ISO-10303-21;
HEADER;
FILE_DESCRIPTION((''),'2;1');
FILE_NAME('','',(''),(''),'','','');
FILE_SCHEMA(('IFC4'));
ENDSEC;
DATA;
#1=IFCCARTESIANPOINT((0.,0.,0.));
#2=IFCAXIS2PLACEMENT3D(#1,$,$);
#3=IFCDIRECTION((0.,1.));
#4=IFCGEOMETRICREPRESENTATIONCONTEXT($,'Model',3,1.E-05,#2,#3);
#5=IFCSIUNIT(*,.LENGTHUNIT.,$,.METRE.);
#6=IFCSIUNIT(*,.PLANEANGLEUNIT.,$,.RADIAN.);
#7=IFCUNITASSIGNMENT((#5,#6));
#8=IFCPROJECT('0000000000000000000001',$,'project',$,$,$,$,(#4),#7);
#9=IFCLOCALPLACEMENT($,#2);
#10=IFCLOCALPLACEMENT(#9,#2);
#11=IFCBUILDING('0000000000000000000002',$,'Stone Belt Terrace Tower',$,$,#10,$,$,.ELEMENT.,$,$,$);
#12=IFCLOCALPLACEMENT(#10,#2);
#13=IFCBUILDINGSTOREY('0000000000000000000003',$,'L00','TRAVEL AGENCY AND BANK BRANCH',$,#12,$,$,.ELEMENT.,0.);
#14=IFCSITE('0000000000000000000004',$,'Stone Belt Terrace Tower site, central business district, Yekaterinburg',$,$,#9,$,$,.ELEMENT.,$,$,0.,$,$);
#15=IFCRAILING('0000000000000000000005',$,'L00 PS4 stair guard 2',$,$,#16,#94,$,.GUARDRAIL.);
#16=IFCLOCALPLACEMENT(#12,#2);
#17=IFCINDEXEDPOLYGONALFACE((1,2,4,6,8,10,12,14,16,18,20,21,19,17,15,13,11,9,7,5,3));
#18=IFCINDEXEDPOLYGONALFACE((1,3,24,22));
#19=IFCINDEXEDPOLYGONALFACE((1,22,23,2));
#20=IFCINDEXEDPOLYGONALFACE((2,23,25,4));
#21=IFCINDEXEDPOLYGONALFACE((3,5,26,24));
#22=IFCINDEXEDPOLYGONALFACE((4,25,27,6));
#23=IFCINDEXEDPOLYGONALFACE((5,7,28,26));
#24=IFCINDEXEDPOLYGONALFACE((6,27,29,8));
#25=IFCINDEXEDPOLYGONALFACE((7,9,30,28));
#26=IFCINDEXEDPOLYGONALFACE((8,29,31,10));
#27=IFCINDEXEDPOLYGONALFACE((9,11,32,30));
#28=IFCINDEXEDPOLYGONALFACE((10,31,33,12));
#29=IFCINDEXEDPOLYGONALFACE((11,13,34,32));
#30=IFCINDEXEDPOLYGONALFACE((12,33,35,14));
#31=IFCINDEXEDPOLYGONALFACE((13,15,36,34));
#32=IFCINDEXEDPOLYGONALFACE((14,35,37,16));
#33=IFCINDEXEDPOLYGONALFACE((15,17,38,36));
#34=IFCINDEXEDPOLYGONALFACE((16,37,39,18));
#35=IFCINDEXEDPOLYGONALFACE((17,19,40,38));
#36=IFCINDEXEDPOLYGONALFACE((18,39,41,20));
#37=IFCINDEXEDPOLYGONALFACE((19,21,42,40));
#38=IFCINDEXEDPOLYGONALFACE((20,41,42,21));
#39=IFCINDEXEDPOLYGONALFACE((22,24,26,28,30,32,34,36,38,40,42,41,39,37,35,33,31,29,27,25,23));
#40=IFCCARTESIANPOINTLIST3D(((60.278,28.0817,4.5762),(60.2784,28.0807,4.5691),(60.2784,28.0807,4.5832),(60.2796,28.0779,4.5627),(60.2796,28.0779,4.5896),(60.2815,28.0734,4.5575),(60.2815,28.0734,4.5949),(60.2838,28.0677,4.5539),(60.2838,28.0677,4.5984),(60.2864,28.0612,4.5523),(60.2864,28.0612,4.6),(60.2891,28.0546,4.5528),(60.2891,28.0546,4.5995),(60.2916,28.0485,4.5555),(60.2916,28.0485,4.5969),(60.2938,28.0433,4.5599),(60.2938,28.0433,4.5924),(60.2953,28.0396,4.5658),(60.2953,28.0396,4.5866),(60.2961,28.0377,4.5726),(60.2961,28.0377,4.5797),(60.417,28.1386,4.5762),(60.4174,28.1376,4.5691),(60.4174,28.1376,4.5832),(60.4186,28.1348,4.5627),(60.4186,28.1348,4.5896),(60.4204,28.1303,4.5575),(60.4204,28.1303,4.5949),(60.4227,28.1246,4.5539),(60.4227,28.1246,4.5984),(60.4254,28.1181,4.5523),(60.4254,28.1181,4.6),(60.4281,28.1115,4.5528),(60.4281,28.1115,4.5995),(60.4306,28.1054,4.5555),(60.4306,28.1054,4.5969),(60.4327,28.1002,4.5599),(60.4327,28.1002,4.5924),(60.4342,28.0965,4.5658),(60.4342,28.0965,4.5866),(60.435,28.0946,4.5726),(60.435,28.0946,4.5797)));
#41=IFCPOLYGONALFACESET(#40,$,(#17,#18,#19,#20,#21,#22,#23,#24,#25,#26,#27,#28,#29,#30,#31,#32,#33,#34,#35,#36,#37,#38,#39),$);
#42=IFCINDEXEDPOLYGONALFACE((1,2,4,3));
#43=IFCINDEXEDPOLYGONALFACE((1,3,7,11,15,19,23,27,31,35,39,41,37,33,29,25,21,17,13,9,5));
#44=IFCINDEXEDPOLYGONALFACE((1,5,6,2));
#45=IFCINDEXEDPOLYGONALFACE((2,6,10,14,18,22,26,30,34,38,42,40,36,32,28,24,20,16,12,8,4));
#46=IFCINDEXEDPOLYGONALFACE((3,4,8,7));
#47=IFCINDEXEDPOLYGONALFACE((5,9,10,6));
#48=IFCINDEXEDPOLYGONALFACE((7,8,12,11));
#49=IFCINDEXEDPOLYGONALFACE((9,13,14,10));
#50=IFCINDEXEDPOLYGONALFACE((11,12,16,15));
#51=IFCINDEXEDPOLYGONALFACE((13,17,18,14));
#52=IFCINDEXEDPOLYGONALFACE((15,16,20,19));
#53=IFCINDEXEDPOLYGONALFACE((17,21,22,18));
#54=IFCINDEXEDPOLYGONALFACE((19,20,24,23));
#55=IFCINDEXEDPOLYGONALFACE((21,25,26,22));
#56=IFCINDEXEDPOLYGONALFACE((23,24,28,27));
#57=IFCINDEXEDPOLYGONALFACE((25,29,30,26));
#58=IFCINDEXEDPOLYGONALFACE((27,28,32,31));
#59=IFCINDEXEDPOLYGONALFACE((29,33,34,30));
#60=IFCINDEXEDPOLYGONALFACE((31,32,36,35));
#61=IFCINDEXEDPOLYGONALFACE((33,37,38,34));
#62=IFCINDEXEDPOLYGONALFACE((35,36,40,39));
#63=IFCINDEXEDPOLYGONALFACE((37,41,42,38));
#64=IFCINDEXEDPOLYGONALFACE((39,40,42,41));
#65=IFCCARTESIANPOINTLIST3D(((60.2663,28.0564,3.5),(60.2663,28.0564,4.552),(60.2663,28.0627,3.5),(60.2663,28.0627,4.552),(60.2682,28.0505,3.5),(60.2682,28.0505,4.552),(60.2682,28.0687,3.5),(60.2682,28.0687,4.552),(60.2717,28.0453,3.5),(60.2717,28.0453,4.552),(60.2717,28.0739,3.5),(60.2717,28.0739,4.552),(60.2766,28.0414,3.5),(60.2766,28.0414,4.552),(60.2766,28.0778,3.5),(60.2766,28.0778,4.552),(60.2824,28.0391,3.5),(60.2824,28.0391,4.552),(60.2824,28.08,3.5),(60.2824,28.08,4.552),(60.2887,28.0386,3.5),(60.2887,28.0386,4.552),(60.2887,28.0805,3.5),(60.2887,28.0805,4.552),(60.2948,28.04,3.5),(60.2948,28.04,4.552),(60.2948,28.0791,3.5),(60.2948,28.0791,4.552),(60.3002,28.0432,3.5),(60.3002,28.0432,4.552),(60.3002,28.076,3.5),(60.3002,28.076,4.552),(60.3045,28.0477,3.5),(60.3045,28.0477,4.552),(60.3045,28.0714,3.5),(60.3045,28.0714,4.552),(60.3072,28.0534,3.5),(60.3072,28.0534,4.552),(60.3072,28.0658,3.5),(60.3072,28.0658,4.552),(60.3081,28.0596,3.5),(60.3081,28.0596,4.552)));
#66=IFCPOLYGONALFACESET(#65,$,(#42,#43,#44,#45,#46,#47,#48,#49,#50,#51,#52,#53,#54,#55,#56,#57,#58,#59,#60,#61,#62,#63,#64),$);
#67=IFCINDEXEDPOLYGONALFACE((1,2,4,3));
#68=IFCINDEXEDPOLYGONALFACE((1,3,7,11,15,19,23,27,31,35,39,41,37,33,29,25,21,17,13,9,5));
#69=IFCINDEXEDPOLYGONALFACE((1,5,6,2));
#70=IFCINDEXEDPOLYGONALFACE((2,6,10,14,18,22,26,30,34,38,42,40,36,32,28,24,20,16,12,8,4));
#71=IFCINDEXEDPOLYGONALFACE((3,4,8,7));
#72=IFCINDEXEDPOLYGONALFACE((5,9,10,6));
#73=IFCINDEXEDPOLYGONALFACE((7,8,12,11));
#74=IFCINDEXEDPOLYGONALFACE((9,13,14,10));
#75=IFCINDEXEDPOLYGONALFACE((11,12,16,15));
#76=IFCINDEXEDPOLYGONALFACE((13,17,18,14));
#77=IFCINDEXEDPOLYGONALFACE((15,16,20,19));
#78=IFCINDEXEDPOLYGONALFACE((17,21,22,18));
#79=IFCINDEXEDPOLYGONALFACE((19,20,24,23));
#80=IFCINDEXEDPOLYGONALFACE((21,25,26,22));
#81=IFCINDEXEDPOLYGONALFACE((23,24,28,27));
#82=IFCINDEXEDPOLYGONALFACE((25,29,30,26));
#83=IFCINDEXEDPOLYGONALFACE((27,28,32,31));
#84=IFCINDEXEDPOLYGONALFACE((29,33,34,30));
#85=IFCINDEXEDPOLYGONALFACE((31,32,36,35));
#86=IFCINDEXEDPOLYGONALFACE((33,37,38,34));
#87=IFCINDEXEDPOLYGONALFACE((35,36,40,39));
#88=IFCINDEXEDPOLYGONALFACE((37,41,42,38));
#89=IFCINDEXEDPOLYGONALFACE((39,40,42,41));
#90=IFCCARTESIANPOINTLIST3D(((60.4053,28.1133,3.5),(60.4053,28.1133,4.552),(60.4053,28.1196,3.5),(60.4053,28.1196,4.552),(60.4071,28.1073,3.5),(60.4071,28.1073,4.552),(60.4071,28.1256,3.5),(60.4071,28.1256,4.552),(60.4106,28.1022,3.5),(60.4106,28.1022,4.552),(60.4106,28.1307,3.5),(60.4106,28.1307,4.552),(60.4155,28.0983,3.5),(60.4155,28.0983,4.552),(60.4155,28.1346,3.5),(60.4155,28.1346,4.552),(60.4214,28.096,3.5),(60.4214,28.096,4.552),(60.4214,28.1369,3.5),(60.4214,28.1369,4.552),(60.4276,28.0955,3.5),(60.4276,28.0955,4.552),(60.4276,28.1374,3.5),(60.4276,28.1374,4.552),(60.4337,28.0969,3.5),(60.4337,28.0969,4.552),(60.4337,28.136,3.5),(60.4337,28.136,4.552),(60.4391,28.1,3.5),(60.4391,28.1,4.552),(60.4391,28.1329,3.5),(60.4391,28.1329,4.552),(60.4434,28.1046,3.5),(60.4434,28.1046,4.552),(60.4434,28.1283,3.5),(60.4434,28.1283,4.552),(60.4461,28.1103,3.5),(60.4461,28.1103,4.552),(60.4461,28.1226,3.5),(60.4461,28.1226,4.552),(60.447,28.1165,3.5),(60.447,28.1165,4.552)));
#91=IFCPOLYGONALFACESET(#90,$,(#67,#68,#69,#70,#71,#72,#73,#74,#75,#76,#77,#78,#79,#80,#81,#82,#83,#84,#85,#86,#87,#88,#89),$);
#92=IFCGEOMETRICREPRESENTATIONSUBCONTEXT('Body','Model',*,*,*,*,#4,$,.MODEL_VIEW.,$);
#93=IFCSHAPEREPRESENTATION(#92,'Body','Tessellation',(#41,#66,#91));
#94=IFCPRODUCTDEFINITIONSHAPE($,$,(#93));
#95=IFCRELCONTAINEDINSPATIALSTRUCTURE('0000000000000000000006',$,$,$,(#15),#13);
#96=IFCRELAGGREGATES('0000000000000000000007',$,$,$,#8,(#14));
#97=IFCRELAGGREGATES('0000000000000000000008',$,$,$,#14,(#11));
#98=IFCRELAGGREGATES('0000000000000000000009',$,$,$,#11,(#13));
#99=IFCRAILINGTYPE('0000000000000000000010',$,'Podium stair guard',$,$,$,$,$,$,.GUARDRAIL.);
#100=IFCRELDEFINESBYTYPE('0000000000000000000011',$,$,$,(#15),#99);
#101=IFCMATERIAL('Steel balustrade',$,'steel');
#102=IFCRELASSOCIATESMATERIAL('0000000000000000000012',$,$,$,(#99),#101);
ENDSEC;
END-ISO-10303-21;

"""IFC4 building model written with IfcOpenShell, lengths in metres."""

from ifc_helpers import new_model, si_unit, direction, frame, origin, origin_2d, place, context, subcontext, project, spatial, circle, extrude, material, type_object, element, save


model = new_model("IFC4")

# Units and contexts
model_context = context("Model", 3, precision=1e-05, world=origin(), true_north=direction((0.0, 1.0)))
body_context = subcontext(model_context, "Body", "Model", "MODEL_VIEW")
ifc_project = project(units=[si_unit("LENGTHUNIT", "METRE"), si_unit("PLANEANGLEUNIT", "RADIAN")], contexts=[model_context])

# Site, building, storey
site_placement = place(None, origin())
site = spatial("IfcSite", under=ifc_project, at=site_placement, Name="Stone Belt Terrace Tower site, central business district, Yekaterinburg", CompositionType="ELEMENT", RefElevation=0.0)
building_placement = place(site_placement, origin())
building = spatial("IfcBuilding", under=site, at=building_placement, Name="Stone Belt Terrace Tower", CompositionType="ELEMENT")
storey_placement = place(building_placement, origin())
storey = spatial("IfcBuildingStorey", under=building, at=storey_placement, Name="L00", Description="TRAVEL AGENCY AND BANK BRANCH", CompositionType="ELEMENT", Elevation=0.0)

# Railing
ifc_material_1 = material(Name="Steel balustrade", Category="steel")
railing_type_1 = type_object("IfcRailingType", Name="Podium stair guard", PredefinedType="GUARDRAIL", material=ifc_material_1)
railing_1_placement = place(storey_placement, frame((60.2871, 28.0596, 3.5)))
element("IfcRailing", 1, at=railing_1_placement, inside=storey, type_object=railing_type_1, Name="L00 PS4 stair guard 2", PredefinedType="GUARDRAIL", context=body_context, shape_type="SweptSolid", body=[
    extrude(circle(Radius=0.0239, at=origin_2d()), frame((0.0, 0.0, 1.0762), z_axis=(0.925417, 0.378949, 0.0), x_axis=(-0.378949, 0.925417, 0.0)), (0.0, 0.0, 1.0), 0.1501),
    extrude(circle(Radius=0.021, at=origin_2d()), origin(), (0.0, 0.0, 1.0), 1.052),
    extrude(circle(Radius=0.021, at=origin_2d()), frame((0.1389, 0.0569, 0.0)), (0.0, 0.0, 1.0), 1.052),
])

save(model, "model.ifc")
